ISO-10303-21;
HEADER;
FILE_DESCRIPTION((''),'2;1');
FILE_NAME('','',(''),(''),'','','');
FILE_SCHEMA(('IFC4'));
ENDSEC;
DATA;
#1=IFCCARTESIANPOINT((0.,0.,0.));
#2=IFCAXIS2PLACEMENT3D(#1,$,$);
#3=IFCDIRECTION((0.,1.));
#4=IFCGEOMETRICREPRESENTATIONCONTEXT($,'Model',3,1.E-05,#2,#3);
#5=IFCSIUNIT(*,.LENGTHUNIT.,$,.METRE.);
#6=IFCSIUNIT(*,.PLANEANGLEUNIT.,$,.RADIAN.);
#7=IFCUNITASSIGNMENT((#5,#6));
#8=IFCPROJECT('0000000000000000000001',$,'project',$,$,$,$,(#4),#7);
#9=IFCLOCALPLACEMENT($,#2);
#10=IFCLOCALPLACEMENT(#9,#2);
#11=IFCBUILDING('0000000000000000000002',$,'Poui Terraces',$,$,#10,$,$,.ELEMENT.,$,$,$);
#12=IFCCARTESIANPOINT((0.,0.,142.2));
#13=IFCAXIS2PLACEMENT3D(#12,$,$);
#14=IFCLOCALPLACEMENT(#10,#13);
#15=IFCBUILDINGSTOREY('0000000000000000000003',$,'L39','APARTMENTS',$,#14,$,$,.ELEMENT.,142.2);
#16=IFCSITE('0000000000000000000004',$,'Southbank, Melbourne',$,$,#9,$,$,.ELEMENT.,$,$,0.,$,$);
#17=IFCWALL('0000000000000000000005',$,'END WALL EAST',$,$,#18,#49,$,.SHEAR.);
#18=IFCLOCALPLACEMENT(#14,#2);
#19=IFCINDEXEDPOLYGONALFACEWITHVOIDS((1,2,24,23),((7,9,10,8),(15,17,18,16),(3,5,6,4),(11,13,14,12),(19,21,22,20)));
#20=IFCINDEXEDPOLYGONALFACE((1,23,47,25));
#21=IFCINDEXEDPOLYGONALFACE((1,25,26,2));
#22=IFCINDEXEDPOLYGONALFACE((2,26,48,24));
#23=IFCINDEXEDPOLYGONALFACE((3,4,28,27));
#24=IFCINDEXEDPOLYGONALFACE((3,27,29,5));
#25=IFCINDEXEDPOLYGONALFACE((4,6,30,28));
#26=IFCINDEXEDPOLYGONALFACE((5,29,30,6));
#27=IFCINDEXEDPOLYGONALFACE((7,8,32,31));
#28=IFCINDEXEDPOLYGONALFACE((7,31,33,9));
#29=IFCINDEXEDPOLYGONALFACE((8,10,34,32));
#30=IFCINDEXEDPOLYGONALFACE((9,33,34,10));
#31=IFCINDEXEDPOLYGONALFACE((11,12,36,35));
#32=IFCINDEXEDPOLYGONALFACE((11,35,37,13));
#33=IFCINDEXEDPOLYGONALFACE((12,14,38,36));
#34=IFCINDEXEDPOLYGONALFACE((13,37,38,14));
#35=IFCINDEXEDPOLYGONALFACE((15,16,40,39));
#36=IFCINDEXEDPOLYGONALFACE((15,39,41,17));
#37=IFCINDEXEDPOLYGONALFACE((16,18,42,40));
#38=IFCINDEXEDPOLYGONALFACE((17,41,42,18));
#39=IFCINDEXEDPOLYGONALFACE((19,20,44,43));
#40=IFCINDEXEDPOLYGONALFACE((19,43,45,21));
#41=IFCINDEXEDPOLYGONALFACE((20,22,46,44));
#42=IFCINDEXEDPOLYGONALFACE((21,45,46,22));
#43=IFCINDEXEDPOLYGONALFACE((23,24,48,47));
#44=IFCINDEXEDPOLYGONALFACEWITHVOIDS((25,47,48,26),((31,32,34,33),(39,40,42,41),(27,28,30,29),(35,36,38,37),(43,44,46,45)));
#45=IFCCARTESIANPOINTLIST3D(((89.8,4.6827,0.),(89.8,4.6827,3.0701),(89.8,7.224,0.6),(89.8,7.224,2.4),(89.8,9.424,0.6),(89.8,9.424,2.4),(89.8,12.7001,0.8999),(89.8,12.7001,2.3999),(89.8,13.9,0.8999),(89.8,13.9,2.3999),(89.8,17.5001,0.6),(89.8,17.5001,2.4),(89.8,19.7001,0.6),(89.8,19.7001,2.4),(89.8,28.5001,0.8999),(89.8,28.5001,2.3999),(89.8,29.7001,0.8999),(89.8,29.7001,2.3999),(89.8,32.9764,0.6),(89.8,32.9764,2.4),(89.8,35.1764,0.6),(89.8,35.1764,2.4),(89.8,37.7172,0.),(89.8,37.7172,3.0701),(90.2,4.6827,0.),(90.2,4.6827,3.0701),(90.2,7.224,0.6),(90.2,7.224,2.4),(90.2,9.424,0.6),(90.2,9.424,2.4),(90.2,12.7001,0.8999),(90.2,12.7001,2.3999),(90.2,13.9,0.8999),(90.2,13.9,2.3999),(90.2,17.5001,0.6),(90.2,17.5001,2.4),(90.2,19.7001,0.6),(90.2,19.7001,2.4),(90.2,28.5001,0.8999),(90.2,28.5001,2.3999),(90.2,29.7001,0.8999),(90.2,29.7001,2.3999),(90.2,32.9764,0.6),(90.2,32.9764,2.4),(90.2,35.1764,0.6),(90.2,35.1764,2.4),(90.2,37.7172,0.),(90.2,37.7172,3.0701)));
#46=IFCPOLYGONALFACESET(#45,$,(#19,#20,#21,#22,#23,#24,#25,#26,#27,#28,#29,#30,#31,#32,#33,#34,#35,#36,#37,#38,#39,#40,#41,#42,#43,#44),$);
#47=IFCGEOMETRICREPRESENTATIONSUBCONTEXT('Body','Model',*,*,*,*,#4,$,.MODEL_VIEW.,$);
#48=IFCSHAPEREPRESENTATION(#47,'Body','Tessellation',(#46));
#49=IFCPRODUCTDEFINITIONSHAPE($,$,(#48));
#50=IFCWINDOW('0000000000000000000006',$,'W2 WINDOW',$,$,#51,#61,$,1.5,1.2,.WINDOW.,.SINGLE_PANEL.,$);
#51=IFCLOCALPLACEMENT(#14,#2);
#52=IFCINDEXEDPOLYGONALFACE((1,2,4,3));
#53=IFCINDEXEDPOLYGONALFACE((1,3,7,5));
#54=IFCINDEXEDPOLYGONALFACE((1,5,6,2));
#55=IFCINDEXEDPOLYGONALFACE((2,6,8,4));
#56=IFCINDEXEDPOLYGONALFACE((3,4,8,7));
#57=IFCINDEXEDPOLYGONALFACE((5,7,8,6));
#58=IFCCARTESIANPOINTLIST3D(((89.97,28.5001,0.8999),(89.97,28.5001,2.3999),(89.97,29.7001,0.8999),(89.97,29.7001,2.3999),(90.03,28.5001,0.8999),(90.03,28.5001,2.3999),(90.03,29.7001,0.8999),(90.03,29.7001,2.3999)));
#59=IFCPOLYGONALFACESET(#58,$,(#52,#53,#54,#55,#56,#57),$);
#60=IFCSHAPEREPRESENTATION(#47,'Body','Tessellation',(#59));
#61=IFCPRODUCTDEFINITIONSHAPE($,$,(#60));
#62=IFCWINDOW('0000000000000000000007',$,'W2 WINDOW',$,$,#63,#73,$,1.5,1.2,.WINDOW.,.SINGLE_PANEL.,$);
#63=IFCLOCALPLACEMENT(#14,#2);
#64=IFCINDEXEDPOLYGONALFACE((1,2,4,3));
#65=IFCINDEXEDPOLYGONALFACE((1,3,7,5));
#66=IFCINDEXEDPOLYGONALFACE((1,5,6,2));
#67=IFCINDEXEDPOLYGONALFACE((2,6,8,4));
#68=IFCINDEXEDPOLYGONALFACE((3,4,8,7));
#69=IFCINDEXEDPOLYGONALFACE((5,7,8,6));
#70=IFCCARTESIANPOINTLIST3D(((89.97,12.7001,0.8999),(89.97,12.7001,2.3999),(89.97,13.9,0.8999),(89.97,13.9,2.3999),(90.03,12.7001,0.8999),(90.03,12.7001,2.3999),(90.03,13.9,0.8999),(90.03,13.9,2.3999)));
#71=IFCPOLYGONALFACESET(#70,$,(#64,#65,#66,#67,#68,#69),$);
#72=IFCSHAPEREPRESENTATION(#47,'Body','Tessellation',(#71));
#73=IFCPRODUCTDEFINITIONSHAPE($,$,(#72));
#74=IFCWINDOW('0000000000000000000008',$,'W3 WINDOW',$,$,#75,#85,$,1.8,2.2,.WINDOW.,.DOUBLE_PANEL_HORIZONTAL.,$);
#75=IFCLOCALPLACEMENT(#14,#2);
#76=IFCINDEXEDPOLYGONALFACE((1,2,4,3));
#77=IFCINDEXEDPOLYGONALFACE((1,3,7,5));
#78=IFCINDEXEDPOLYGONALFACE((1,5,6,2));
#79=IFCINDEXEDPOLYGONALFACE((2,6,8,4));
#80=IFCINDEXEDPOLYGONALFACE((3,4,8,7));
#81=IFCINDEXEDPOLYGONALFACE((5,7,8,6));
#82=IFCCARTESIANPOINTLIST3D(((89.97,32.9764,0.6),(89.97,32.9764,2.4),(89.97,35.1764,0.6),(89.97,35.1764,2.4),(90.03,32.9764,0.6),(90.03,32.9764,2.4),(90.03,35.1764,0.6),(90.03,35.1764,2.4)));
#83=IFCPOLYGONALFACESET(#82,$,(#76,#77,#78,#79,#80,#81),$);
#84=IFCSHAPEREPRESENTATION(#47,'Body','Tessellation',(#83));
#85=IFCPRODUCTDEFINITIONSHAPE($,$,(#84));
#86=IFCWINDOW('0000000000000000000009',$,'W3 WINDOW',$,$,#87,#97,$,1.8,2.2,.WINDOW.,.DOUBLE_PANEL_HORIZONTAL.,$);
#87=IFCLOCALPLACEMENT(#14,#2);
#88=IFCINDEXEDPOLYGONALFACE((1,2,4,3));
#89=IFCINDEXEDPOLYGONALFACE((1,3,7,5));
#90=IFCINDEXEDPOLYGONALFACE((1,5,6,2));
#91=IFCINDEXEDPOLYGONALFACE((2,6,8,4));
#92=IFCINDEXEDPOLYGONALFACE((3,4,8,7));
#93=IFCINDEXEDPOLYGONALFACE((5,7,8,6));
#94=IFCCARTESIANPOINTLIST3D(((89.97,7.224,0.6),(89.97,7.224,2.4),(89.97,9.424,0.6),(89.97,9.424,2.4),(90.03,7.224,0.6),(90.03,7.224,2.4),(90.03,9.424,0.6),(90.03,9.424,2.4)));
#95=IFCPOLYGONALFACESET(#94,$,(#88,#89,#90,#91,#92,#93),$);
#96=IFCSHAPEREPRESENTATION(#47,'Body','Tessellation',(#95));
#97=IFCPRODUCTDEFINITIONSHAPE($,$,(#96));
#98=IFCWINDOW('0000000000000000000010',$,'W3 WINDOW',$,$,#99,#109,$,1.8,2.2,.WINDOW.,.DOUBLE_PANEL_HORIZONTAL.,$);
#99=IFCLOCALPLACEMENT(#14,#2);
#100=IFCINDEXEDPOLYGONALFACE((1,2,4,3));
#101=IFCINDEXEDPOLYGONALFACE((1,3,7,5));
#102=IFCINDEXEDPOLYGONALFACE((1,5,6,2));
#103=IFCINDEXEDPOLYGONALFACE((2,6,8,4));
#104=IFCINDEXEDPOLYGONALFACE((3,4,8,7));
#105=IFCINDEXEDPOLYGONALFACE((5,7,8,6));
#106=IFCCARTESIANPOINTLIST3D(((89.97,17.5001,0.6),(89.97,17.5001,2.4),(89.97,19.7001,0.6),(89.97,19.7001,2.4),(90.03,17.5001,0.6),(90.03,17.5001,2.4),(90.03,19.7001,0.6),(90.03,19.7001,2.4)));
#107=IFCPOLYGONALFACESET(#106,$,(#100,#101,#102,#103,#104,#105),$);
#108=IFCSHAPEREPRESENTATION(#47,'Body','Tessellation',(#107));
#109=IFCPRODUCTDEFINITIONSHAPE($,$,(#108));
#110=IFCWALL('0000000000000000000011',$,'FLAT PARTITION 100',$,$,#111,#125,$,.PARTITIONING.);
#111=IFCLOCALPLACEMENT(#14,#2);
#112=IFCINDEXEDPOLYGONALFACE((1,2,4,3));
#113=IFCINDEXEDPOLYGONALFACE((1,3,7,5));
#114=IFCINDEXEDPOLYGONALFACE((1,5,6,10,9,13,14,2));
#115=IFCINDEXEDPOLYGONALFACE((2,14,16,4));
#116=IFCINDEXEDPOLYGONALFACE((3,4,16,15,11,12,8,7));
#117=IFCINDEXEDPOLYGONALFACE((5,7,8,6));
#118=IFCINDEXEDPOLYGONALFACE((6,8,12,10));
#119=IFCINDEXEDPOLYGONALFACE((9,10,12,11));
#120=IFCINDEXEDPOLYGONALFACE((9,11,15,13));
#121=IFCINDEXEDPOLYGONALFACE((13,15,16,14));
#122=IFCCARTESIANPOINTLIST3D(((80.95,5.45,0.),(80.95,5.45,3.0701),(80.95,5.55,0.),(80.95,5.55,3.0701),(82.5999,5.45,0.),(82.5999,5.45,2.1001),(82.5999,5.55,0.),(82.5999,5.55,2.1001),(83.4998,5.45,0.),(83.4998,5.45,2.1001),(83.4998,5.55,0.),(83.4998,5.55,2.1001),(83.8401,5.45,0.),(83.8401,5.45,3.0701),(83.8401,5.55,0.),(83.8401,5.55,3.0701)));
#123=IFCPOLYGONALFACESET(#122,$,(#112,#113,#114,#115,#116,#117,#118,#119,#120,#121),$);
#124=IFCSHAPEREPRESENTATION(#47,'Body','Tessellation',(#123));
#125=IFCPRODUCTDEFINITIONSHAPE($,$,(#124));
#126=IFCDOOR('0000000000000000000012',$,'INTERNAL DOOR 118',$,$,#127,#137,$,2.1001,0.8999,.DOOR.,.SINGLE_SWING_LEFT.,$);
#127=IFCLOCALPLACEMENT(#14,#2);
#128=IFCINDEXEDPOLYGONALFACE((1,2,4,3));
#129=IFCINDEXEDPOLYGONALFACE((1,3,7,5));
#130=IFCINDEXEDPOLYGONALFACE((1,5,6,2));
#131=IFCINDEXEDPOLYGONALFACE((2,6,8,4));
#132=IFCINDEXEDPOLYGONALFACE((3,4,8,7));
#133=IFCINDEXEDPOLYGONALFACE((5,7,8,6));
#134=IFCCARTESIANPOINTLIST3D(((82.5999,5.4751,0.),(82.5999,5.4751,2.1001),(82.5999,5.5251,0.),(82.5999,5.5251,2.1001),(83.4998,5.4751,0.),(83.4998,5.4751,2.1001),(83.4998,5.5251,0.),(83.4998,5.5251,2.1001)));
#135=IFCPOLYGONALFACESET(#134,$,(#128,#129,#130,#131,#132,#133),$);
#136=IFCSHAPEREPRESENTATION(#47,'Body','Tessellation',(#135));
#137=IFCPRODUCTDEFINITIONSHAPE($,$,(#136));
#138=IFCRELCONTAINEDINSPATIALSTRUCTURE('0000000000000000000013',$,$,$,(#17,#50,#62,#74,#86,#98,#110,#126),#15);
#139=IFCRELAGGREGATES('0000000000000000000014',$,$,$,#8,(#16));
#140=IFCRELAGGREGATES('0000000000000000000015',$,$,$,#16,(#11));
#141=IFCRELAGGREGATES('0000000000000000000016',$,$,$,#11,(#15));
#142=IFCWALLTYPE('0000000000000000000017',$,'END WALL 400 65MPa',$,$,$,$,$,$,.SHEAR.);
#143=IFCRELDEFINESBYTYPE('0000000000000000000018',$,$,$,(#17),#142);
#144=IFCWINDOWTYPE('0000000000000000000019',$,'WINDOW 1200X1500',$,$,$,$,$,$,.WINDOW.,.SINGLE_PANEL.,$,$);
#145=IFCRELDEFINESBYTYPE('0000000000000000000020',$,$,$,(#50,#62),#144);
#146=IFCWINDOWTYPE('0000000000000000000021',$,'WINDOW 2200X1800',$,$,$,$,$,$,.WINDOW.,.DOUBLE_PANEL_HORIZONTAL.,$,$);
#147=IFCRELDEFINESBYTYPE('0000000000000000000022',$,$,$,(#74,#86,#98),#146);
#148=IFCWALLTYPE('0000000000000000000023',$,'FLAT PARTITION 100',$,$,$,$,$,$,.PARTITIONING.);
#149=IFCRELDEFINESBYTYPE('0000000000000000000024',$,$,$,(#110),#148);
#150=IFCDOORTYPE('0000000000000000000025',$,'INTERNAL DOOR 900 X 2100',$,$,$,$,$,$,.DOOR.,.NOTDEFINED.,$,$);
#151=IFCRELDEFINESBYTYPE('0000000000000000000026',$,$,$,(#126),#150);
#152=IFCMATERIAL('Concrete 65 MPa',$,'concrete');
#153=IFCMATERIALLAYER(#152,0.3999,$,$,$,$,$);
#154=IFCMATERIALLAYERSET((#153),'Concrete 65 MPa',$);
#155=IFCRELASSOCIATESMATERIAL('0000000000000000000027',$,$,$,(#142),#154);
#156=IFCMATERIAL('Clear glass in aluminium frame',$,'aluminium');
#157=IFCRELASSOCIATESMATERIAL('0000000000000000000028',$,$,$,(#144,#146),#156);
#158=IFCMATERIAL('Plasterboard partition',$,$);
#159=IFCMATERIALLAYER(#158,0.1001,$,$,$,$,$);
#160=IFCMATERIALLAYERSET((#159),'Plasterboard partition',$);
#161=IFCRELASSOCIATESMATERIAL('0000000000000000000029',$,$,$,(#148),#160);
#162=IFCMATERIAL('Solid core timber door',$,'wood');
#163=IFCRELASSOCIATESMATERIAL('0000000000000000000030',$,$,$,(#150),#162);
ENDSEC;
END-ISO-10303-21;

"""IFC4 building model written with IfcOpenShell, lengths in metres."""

from ifc_helpers import new_model, si_unit, direction, frame, frame_2d, origin, place, context, subcontext, project, spatial, rectangle, extrude, material, layer, layer_set, type_object, element, fill, save


model = new_model("IFC4")

# Units and contexts
model_context = context("Model", 3, precision=1e-05, world=origin(), true_north=direction((0.0, 1.0)))
body_context = subcontext(model_context, "Body", "Model", "MODEL_VIEW")
ifc_project = project(units=[si_unit("LENGTHUNIT", "METRE"), si_unit("PLANEANGLEUNIT", "RADIAN")], contexts=[model_context])

# Site, building, storey
site_placement = place(None, origin())
site = spatial("IfcSite", under=ifc_project, at=site_placement, Name="Southbank, Melbourne", CompositionType="ELEMENT", RefElevation=0.0)
building_placement = place(site_placement, origin())
building = spatial("IfcBuilding", under=site, at=building_placement, Name="Poui Terraces", CompositionType="ELEMENT")
storey_placement = place(building_placement, frame((0.0, 0.0, 142.2)))
storey = spatial("IfcBuildingStorey", under=building, at=storey_placement, Name="L39", Description="APARTMENTS", CompositionType="ELEMENT", Elevation=142.2)

# Shared definitions
ifc_material_1 = material(Name="Concrete 65 MPa", Category="concrete")

# Shared definitions
ifc_material_2 = material(Name="Solid core timber door", Category="wood")

# Wall, openings, windows
ifc_layer_1 = layer(ifc_material_1, 0.3999)
ifc_layer_set_1 = layer_set([ifc_layer_1], Name="Concrete 65 MPa")
wall_type_1 = type_object("IfcWallType", Name="END WALL 400 65MPa", PredefinedType="SHEAR", material=ifc_layer_set_1)
wall_1_placement = place(storey_placement, frame((90.0, 4.6829, 0.0), z_axis=(0.0, 0.0, 1.0), x_axis=(0.0, 1.0, 0.0)))
wall_1 = element("IfcWall", 1, at=wall_1_placement, inside=storey, type_object=wall_type_1, Name="END WALL EAST", PredefinedType="SHEAR", context=body_context, shape_type="SweptSolid", body=[
    extrude(rectangle(XDim=33.0344, YDim=0.3999, at=frame_2d((16.5171, 0.0))), origin(), (0.0, 0.0, 1.0), 3.0701),
])
opening_1_placement = place(wall_1_placement, frame((23.8171, 0.0, 0.8999)))
opening_1 = element("IfcOpeningElement", 2, at=opening_1_placement, cuts=wall_1, PredefinedType="OPENING", context=body_context, shape_type="SweptSolid", body=[
    extrude(rectangle(XDim=1.2, YDim=1.5, at=frame_2d((0.6001, 0.75))), frame((0.0, 0.21, 0.0), z_axis=(0.0, -1.0, 0.0), x_axis=(1.0, 0.0, 0.0)), (0.0, 0.0, 1.0), 0.4199),
])
opening_2_placement = place(wall_1_placement, frame((8.0171, 0.0, 0.8999)))
opening_2 = element("IfcOpeningElement", 3, at=opening_2_placement, cuts=wall_1, PredefinedType="OPENING", context=body_context, shape_type="SweptSolid", body=[
    extrude(rectangle(XDim=1.2, YDim=1.5, at=frame_2d((0.6001, 0.75))), frame((0.0, 0.21, 0.0), z_axis=(0.0, -1.0, 0.0), x_axis=(1.0, 0.0, 0.0)), (0.0, 0.0, 1.0), 0.4199),
])
opening_3_placement = place(wall_1_placement, frame((28.2935, 0.0, 0.6001)))
opening_3 = element("IfcOpeningElement", 4, at=opening_3_placement, cuts=wall_1, PredefinedType="OPENING", context=body_context, shape_type="SweptSolid", body=[
    extrude(rectangle(XDim=2.2, YDim=1.8, at=frame_2d((1.1001, 0.8999))), frame((0.0, 0.21, 0.0), z_axis=(0.0, -1.0, 0.0), x_axis=(1.0, 0.0, 0.0)), (0.0, 0.0, 1.0), 0.4199),
])
opening_4_placement = place(wall_1_placement, frame((2.541, 0.0, 0.6001)))
opening_4 = element("IfcOpeningElement", 5, at=opening_4_placement, cuts=wall_1, PredefinedType="OPENING", context=body_context, shape_type="SweptSolid", body=[
    extrude(rectangle(XDim=2.2, YDim=1.8, at=frame_2d((1.1001, 0.8999))), frame((0.0, 0.21, 0.0), z_axis=(0.0, -1.0, 0.0), x_axis=(1.0, 0.0, 0.0)), (0.0, 0.0, 1.0), 0.4199),
])
opening_5_placement = place(wall_1_placement, frame((12.8171, 0.0, 0.6001)))
opening_5 = element("IfcOpeningElement", 6, at=opening_5_placement, cuts=wall_1, PredefinedType="OPENING", context=body_context, shape_type="SweptSolid", body=[
    extrude(rectangle(XDim=2.2, YDim=1.8, at=frame_2d((1.1001, 0.8999))), frame((0.0, 0.21, 0.0), z_axis=(0.0, -1.0, 0.0), x_axis=(1.0, 0.0, 0.0)), (0.0, 0.0, 1.0), 0.4199),
])
ifc_material_3 = material(Name="Clear glass in aluminium frame", Category="aluminium")
window_type_1 = type_object("IfcWindowType", Name="WINDOW 1200X1500", PartitioningType="SINGLE_PANEL", PredefinedType="WINDOW", material=ifc_material_3)
window_1_placement = place(opening_1_placement, origin())
window_1 = element("IfcWindow", 7, at=window_1_placement, inside=storey, type_object=window_type_1, Name="W2 WINDOW", OverallHeight=1.5, OverallWidth=1.2, PartitioningType="SINGLE_PANEL", PredefinedType="WINDOW", context=body_context, shape_type="SweptSolid", body=[
    extrude(rectangle(XDim=1.2, YDim=1.5, at=frame_2d((0.6001, 0.75))), frame((0.0, 0.03, 0.0), z_axis=(0.0, -1.0, 0.0), x_axis=(1.0, 0.0, 0.0)), (0.0, 0.0, 1.0), 0.0601),
])
fill(opening_1, window_1)
window_2_placement = place(opening_2_placement, origin())
window_2 = element("IfcWindow", 8, at=window_2_placement, inside=storey, type_object=window_type_1, Name="W2 WINDOW", OverallHeight=1.5, OverallWidth=1.2, PartitioningType="SINGLE_PANEL", PredefinedType="WINDOW", context=body_context, shape_type="SweptSolid", body=[
    extrude(rectangle(XDim=1.2, YDim=1.5, at=frame_2d((0.6001, 0.75))), frame((0.0, 0.03, 0.0), z_axis=(0.0, -1.0, 0.0), x_axis=(1.0, 0.0, 0.0)), (0.0, 0.0, 1.0), 0.0601),
])
fill(opening_2, window_2)
window_type_2 = type_object("IfcWindowType", Name="WINDOW 2200X1800", PartitioningType="DOUBLE_PANEL_HORIZONTAL", PredefinedType="WINDOW", material=ifc_material_3)
window_3_placement = place(opening_3_placement, origin())
window_3 = element("IfcWindow", 9, at=window_3_placement, inside=storey, type_object=window_type_2, Name="W3 WINDOW", OverallHeight=1.8, OverallWidth=2.2, PartitioningType="DOUBLE_PANEL_HORIZONTAL", PredefinedType="WINDOW", context=body_context, shape_type="SweptSolid", body=[
    extrude(rectangle(XDim=2.2, YDim=1.8, at=frame_2d((1.1001, 0.8999))), frame((0.0, 0.03, 0.0), z_axis=(0.0, -1.0, 0.0), x_axis=(1.0, 0.0, 0.0)), (0.0, 0.0, 1.0), 0.0601),
])
fill(opening_3, window_3)
window_4_placement = place(opening_4_placement, origin())
window_4 = element("IfcWindow", 10, at=window_4_placement, inside=storey, type_object=window_type_2, Name="W3 WINDOW", OverallHeight=1.8, OverallWidth=2.2, PartitioningType="DOUBLE_PANEL_HORIZONTAL", PredefinedType="WINDOW", context=body_context, shape_type="SweptSolid", body=[
    extrude(rectangle(XDim=2.2, YDim=1.8, at=frame_2d((1.1001, 0.8999))), frame((0.0, 0.03, 0.0), z_axis=(0.0, -1.0, 0.0), x_axis=(1.0, 0.0, 0.0)), (0.0, 0.0, 1.0), 0.0601),
])
fill(opening_4, window_4)
window_5_placement = place(opening_5_placement, origin())
window_5 = element("IfcWindow", 11, at=window_5_placement, inside=storey, type_object=window_type_2, Name="W3 WINDOW", OverallHeight=1.8, OverallWidth=2.2, PartitioningType="DOUBLE_PANEL_HORIZONTAL", PredefinedType="WINDOW", context=body_context, shape_type="SweptSolid", body=[
    extrude(rectangle(XDim=2.2, YDim=1.8, at=frame_2d((1.1001, 0.8999))), frame((0.0, 0.03, 0.0), z_axis=(0.0, -1.0, 0.0), x_axis=(1.0, 0.0, 0.0)), (0.0, 0.0, 1.0), 0.0601),
])
fill(opening_5, window_5)

# Wall, opening, door
ifc_material_4 = material(Name="Plasterboard partition")
ifc_layer_2 = layer(ifc_material_4, 0.1001)
ifc_layer_set_2 = layer_set([ifc_layer_2], Name="Plasterboard partition")
wall_type_2 = type_object("IfcWallType", Name="FLAT PARTITION 100", PredefinedType="PARTITIONING", material=ifc_layer_set_2)
wall_2_placement = place(storey_placement, frame((80.95, 5.5, 0.0), z_axis=(0.0, 0.0, 1.0), x_axis=(1.0, 0.0, 0.0)))
wall_2 = element("IfcWall", 12, at=wall_2_placement, inside=storey, type_object=wall_type_2, Name="FLAT PARTITION 100", PredefinedType="PARTITIONING", context=body_context, shape_type="SweptSolid", body=[
    extrude(rectangle(XDim=2.8901, YDim=0.1001, at=frame_2d((1.4451, 0.0))), origin(), (0.0, 0.0, 1.0), 3.0701),
])
opening_6_placement = place(wall_2_placement, frame((1.6499, 0.0, 0.0)))
opening_6 = element("IfcOpeningElement", 13, at=opening_6_placement, cuts=wall_2, PredefinedType="OPENING", context=body_context, shape_type="SweptSolid", body=[
    extrude(rectangle(XDim=0.8999, YDim=2.1001, at=frame_2d((0.45, 1.05))), frame((0.0, 0.0601, 0.0), z_axis=(0.0, -1.0, 0.0), x_axis=(1.0, 0.0, 0.0)), (0.0, 0.0, 1.0), 0.1201),
])
door_type_1 = type_object("IfcDoorType", Name="INTERNAL DOOR 900 X 2100", OperationType="NOTDEFINED", PredefinedType="DOOR", material=ifc_material_2)
door_1_placement = place(opening_6_placement, frame((0.8999, 0.0, 0.0), z_axis=(0.0, 0.0, 1.0), x_axis=(-1.0, 0.0, 0.0)))
door_1 = element("IfcDoor", 14, at=door_1_placement, inside=storey, type_object=door_type_1, Name="INTERNAL DOOR 118", OperationType="SINGLE_SWING_LEFT", OverallHeight=2.1001, OverallWidth=0.8999, PredefinedType="DOOR", context=body_context, shape_type="SweptSolid", body=[
    extrude(rectangle(XDim=0.8999, YDim=2.1001, at=frame_2d((0.45, 1.05))), frame((0.0, 0.0249, 0.0), z_axis=(0.0, -1.0, 0.0), x_axis=(1.0, 0.0, 0.0)), (0.0, 0.0, 1.0), 0.05),
])
fill(opening_6, door_1)

save(model, "model.ifc")
